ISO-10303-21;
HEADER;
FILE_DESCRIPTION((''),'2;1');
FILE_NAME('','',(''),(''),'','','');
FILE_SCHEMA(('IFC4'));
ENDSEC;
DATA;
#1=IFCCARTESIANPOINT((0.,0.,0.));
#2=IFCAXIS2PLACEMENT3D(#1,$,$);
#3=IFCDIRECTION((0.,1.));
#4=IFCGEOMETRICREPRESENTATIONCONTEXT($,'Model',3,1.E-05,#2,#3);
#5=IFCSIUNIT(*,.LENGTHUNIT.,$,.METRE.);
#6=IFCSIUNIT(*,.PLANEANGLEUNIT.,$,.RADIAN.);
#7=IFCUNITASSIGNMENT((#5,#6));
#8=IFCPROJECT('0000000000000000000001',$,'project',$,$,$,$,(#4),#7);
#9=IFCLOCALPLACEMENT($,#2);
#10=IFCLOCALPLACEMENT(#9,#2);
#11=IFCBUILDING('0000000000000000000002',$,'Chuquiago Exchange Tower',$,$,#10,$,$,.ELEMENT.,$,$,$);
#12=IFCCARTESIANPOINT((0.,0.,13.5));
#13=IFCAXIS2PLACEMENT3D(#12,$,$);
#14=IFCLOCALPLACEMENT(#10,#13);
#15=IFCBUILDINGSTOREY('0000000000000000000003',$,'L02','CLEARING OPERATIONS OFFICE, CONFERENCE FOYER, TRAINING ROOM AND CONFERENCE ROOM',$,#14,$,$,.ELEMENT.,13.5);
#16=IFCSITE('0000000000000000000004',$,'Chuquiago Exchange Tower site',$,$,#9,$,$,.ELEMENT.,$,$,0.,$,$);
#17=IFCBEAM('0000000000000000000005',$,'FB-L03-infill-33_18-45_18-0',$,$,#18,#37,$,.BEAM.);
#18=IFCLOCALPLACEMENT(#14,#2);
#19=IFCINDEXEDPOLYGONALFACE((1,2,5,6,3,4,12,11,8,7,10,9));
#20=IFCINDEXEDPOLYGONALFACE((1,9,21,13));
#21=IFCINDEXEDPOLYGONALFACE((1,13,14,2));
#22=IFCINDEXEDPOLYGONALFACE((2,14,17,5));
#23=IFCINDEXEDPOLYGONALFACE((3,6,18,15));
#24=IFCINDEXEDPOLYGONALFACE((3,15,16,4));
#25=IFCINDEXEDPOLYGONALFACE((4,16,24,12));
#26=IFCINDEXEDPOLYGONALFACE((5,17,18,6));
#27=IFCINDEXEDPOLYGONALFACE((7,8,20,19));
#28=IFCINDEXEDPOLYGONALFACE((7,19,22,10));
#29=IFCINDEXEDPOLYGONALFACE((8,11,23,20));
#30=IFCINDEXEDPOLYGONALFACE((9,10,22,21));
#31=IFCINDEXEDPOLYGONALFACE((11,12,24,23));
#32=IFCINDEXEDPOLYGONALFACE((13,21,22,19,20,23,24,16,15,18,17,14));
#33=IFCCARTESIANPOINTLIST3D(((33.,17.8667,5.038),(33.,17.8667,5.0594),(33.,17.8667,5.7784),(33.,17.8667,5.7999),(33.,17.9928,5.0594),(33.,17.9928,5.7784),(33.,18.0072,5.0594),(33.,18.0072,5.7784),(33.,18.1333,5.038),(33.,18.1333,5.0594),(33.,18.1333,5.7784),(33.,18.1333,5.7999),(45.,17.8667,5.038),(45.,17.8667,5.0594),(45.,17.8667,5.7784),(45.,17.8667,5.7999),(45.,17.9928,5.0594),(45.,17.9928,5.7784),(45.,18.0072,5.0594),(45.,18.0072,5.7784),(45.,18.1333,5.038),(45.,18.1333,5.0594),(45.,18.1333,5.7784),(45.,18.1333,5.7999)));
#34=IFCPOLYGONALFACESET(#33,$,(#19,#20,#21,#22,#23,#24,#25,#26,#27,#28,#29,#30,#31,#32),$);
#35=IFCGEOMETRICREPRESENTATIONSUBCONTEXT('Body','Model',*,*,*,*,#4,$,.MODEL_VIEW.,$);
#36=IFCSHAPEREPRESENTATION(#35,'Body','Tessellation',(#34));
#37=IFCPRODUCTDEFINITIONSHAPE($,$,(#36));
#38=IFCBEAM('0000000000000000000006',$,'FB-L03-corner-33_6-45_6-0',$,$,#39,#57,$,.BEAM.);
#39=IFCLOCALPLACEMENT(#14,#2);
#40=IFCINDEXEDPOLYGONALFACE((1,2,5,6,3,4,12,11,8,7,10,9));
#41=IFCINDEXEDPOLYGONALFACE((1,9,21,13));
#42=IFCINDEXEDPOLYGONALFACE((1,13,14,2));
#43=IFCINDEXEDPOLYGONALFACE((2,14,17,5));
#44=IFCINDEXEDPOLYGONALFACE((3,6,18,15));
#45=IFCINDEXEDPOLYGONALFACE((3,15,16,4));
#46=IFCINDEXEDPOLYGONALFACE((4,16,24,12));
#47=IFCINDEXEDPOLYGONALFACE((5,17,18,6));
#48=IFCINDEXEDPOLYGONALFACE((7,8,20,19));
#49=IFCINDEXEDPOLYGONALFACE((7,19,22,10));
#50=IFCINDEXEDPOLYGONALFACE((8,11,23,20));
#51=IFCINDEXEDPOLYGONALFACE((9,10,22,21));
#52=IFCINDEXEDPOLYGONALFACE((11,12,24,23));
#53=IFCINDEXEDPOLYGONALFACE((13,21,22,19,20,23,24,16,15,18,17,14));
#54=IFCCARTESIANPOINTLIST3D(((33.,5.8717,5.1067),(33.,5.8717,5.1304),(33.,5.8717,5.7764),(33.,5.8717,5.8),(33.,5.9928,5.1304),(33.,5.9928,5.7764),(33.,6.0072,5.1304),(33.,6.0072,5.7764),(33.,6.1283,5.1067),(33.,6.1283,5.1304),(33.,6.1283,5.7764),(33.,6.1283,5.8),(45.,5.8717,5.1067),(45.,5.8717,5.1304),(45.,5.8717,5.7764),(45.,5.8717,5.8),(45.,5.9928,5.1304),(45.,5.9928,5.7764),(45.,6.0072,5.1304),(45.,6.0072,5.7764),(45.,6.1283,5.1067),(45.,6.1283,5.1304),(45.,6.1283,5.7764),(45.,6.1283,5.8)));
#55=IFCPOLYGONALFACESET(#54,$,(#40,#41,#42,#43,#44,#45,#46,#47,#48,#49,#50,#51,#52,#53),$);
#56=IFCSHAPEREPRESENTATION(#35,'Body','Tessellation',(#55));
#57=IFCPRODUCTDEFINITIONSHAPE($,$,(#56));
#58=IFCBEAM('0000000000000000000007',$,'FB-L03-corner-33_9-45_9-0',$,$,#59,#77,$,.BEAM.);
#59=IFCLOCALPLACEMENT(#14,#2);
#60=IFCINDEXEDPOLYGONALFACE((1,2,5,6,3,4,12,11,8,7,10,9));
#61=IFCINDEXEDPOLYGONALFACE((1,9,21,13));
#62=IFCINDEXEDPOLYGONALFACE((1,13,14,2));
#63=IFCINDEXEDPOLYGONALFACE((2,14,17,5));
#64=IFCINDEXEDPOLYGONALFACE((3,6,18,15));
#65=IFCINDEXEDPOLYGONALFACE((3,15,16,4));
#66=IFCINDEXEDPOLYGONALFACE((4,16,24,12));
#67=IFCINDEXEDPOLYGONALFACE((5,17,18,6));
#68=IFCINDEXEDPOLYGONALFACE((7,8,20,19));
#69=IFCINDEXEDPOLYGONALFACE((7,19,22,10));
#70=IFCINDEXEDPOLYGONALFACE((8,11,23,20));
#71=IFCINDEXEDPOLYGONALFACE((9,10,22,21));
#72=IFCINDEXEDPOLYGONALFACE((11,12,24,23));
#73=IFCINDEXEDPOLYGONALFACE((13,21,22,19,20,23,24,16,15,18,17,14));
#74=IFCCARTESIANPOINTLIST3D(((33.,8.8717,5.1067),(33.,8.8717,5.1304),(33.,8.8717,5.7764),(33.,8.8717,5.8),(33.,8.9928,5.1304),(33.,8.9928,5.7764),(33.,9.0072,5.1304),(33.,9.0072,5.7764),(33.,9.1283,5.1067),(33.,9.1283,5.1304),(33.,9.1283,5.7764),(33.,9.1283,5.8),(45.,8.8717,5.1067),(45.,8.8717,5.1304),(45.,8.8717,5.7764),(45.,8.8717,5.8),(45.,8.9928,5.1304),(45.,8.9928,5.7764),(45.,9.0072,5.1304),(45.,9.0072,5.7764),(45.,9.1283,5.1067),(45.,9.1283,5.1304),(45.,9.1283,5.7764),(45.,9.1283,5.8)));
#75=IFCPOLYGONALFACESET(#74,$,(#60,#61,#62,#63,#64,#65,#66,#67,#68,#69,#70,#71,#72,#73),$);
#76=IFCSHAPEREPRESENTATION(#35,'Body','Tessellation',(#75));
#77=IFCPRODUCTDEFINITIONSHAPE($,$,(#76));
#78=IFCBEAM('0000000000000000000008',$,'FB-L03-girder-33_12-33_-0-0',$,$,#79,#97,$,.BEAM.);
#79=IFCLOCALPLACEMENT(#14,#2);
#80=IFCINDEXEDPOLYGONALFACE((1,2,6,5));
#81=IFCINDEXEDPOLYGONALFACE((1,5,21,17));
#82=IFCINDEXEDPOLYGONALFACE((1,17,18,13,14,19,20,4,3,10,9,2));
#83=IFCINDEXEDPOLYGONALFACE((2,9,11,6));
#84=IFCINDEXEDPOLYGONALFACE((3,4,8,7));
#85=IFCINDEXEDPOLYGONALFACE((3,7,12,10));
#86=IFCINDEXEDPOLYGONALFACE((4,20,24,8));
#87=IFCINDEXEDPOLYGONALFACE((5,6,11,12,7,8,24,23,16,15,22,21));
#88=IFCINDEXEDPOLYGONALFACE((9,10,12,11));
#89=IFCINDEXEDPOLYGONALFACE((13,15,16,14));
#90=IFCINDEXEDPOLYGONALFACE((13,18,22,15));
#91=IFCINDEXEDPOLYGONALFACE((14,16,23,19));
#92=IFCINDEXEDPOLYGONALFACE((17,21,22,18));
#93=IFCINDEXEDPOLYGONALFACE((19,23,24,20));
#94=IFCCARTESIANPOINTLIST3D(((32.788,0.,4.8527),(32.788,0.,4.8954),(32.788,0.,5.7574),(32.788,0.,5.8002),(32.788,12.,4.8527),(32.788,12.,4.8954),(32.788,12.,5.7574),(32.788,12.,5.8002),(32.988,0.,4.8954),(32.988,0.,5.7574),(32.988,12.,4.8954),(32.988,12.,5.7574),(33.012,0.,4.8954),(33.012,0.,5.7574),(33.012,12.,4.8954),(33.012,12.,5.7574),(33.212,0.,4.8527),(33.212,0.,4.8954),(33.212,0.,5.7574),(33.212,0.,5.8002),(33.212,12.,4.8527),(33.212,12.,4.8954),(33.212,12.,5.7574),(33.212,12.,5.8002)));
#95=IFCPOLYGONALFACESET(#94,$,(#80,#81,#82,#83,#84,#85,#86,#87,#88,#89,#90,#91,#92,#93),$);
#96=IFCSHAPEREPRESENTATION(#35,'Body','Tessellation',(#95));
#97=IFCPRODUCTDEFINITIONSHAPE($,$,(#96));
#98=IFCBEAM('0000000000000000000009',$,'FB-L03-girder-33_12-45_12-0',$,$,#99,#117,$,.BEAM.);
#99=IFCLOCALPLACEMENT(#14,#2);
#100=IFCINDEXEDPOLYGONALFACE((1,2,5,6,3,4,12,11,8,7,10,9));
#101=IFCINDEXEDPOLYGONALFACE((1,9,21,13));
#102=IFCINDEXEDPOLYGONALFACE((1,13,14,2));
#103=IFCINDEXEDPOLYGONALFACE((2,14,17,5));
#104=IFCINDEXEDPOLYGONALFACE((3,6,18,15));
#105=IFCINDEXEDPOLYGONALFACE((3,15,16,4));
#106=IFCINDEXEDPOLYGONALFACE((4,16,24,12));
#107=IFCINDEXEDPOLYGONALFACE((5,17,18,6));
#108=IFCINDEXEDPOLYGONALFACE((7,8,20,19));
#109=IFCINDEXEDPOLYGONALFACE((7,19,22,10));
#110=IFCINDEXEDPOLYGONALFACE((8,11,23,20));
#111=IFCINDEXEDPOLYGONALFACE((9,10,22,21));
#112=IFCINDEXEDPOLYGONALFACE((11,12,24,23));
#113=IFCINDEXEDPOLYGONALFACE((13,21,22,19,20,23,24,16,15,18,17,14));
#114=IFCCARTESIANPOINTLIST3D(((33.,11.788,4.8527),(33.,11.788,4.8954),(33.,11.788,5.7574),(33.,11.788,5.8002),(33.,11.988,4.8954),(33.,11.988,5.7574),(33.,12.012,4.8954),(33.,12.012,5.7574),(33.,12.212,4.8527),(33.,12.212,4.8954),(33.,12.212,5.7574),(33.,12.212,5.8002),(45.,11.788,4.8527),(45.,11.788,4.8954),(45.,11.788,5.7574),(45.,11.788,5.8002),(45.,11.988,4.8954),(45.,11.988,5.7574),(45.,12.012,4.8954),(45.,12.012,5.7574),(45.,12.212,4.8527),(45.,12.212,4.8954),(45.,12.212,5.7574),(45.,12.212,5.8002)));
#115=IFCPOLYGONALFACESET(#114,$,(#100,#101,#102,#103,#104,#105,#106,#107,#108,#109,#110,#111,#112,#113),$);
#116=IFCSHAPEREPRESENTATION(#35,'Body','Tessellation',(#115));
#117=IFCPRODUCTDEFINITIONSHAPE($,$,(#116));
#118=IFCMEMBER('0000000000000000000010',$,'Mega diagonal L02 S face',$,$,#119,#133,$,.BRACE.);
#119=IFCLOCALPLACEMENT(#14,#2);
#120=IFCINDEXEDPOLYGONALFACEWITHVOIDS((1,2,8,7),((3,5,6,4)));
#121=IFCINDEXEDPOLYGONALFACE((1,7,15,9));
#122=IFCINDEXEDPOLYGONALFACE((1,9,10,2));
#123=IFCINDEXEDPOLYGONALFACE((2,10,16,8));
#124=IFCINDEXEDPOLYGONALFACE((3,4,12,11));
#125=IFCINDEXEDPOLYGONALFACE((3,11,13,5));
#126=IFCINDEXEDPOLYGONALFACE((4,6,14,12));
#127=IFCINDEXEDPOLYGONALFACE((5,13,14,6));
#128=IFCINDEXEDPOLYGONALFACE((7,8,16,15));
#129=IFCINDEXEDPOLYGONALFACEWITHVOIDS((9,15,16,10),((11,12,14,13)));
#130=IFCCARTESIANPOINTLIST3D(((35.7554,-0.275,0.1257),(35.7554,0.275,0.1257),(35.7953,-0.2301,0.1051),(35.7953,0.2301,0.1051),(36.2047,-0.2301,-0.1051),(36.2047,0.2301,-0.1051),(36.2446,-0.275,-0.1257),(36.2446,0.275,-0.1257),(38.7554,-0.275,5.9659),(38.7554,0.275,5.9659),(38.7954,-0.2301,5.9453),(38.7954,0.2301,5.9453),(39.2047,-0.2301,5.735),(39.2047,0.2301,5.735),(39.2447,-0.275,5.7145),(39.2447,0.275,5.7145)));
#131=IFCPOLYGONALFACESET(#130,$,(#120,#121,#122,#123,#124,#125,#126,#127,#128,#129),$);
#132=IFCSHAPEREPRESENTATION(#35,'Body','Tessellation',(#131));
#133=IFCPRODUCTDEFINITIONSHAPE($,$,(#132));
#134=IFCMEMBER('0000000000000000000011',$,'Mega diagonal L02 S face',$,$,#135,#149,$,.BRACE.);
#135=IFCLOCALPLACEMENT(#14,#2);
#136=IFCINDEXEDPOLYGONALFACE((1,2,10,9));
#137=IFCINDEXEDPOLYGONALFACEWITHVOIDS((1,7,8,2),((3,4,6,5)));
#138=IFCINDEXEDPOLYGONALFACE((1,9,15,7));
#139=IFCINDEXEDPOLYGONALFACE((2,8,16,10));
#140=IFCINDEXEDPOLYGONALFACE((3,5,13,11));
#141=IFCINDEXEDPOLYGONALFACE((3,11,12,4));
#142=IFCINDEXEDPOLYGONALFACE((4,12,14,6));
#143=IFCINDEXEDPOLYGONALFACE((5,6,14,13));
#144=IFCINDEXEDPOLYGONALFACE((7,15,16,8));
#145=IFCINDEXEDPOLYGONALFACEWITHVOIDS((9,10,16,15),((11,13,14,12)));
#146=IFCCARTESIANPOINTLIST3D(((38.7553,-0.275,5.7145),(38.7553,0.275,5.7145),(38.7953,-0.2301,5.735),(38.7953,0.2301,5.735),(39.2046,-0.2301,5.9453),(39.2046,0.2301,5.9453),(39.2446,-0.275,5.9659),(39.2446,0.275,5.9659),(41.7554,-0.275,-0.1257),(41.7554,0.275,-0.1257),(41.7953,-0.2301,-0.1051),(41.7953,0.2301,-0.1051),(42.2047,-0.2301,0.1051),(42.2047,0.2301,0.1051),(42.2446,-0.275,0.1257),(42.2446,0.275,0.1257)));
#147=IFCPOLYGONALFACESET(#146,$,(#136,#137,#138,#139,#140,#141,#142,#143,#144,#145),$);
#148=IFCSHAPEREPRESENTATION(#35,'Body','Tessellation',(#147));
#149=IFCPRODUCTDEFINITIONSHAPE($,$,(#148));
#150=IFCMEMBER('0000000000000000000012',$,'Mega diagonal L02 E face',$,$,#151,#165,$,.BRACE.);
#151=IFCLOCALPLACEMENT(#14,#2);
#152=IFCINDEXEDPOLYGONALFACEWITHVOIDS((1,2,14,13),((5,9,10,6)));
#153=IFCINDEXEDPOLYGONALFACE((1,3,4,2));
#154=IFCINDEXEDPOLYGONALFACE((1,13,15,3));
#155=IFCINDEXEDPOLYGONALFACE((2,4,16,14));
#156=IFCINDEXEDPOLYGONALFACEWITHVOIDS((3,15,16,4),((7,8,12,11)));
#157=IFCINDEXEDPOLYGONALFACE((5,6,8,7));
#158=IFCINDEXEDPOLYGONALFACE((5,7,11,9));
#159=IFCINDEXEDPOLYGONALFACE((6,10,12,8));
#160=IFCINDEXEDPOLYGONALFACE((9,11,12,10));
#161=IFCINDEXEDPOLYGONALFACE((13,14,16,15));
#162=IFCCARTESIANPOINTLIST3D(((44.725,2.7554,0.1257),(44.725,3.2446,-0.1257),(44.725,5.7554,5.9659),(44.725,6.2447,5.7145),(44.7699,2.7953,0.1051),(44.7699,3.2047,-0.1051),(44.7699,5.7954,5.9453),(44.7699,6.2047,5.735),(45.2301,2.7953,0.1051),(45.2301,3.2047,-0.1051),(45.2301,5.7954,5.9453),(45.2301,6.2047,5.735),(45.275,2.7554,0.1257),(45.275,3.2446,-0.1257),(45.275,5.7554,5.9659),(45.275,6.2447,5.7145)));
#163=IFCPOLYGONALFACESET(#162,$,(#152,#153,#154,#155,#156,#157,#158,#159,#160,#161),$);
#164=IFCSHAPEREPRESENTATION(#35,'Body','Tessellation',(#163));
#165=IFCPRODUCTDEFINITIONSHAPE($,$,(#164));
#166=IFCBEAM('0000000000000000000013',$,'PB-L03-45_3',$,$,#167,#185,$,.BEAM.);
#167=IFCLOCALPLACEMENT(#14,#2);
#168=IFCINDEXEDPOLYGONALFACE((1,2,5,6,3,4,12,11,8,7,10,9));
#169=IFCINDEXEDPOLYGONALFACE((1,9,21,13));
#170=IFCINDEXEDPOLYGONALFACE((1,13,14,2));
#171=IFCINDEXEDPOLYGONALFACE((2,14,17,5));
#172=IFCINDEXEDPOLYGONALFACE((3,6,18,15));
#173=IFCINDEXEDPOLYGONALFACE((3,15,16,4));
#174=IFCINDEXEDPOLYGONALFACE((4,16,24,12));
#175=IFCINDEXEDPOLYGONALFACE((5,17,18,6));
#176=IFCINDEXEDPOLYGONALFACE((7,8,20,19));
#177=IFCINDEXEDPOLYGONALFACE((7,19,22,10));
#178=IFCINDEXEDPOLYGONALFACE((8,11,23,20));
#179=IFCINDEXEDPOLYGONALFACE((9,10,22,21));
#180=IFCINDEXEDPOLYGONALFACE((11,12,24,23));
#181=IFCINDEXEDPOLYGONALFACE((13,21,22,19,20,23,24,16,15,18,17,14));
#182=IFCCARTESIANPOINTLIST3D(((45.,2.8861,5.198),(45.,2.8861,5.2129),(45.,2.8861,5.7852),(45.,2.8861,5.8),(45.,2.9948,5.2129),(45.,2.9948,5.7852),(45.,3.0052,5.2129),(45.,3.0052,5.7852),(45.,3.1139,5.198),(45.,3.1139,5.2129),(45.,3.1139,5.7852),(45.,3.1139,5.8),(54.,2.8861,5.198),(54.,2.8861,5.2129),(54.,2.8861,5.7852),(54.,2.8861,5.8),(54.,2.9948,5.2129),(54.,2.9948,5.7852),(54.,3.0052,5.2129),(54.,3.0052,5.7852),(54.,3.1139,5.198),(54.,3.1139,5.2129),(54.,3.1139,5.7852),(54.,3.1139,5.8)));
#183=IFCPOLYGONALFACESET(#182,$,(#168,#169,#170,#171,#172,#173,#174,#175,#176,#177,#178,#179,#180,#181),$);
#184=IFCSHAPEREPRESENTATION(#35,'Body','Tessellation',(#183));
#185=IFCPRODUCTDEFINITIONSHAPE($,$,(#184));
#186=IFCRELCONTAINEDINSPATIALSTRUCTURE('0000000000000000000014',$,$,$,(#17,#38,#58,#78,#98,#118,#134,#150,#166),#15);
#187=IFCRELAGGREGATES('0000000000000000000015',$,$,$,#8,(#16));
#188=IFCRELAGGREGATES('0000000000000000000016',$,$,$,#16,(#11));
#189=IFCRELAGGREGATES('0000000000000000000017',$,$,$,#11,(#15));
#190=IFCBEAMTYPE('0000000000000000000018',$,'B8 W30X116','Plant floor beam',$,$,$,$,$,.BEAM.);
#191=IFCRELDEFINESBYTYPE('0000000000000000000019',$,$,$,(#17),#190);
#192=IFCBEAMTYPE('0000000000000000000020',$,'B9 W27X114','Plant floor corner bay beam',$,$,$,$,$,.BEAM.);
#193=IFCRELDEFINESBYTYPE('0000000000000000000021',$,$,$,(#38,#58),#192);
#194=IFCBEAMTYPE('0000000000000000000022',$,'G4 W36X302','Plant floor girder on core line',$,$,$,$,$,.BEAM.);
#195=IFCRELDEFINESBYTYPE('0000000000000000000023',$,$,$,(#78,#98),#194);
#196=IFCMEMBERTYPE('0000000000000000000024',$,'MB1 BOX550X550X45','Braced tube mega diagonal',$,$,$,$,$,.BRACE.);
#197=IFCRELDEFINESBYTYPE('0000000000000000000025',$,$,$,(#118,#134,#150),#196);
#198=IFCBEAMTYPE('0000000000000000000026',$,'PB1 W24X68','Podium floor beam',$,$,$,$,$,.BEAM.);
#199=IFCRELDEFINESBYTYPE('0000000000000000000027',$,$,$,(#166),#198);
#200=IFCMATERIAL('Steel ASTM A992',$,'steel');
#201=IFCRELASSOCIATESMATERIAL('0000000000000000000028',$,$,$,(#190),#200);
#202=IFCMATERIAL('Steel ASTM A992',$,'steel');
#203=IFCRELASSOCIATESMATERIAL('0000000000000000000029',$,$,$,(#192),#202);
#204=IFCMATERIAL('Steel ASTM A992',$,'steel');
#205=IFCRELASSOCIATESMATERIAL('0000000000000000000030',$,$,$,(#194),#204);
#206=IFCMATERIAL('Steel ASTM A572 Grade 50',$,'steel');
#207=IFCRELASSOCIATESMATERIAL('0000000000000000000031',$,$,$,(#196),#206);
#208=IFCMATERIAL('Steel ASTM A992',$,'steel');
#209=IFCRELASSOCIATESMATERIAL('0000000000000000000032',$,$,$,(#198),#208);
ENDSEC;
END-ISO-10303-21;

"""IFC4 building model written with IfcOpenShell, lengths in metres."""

from ifc_helpers import new_model, si_unit, direction, frame, origin, origin_2d, place, context, subcontext, project, spatial, hollow_rectangle, i_section, extrude, material, material_profile, profile_set, type_object, element, save


model = new_model("IFC4")

# Units and contexts
model_context = context("Model", 3, precision=1e-05, world=origin(), true_north=direction((0.0, 1.0)))
body_context = subcontext(model_context, "Body", "Model", "MODEL_VIEW")
ifc_project = project(units=[si_unit("LENGTHUNIT", "METRE"), si_unit("PLANEANGLEUNIT", "RADIAN")], contexts=[model_context])

# Site, building, storey
site_placement = place(None, origin())
site = spatial("IfcSite", under=ifc_project, at=site_placement, Name="Chuquiago Exchange Tower site", CompositionType="ELEMENT", RefElevation=0.0)
building_placement = place(site_placement, origin())
building = spatial("IfcBuilding", under=site, at=building_placement, Name="Chuquiago Exchange Tower", CompositionType="ELEMENT")
storey_placement = place(building_placement, frame((0.0, 0.0, 13.5)))
storey = spatial("IfcBuildingStorey", under=building, at=storey_placement, Name="L02", Description="CLEARING OPERATIONS OFFICE, CONFERENCE FOYER, TRAINING ROOM AND CONFERENCE ROOM", CompositionType="ELEMENT", Elevation=13.5)

# Beams
ifc_material_1 = material(Name="Steel ASTM A992", Category="steel")
ifc_material_profile_1 = material_profile(ifc_material_1, i_section(OverallWidth=0.2666, OverallDepth=0.762, WebThickness=0.0144, FlangeThickness=0.0215, at=origin_2d()), Name="W30X116")
ifc_profile_set_1 = profile_set([ifc_material_profile_1], Name="Steel ASTM A992")
beam_type_1 = type_object("IfcBeamType", Name="B8 W30X116", Description="Plant floor beam", PredefinedType="BEAM", material=ifc_profile_set_1)
for number, where, z_axis, x_axis, name in (
    (1, (33.0, 18.0, 5.4189), (1.0, 0.0, 0.0), (0.0, 1.0, 0.0), "FB-L03-infill-33_18-45_18-0"),
):
    element("IfcBeam", number, at=place(storey_placement, frame(where, z_axis=z_axis, x_axis=x_axis)), inside=storey, type_object=beam_type_1, Name=name, PredefinedType="BEAM", context=body_context, shape_type="SweptSolid", body=[
        extrude(i_section(OverallWidth=0.2666, OverallDepth=0.762, WebThickness=0.0144, FlangeThickness=0.0215, at=origin_2d()), origin(), (0.0, 0.0, 1.0), 12.0),
    ])
ifc_material_2 = material(Name="Steel ASTM A992", Category="steel")
ifc_material_profile_2 = material_profile(ifc_material_2, i_section(OverallWidth=0.2566, OverallDepth=0.6934, WebThickness=0.0144, FlangeThickness=0.0237, at=origin_2d()), Name="W27X114")
ifc_profile_set_2 = profile_set([ifc_material_profile_2], Name="Steel ASTM A992")
beam_type_2 = type_object("IfcBeamType", Name="B9 W27X114", Description="Plant floor corner bay beam", PredefinedType="BEAM", material=ifc_profile_set_2)
for number, where, z_axis, x_axis, name in (
    (2, (33.0, 6.0, 5.4534), (1.0, 0.0, 0.0), (0.0, 1.0, 0.0), "FB-L03-corner-33_6-45_6-0"),
    (3, (33.0, 9.0, 5.4534), (1.0, 0.0, 0.0), (0.0, 1.0, 0.0), "FB-L03-corner-33_9-45_9-0"),
):
    element("IfcBeam", number, at=place(storey_placement, frame(where, z_axis=z_axis, x_axis=x_axis)), inside=storey, type_object=beam_type_2, Name=name, PredefinedType="BEAM", context=body_context, shape_type="SweptSolid", body=[
        extrude(i_section(OverallWidth=0.2566, OverallDepth=0.6934, WebThickness=0.0144, FlangeThickness=0.0237, at=origin_2d()), origin(), (0.0, 0.0, 1.0), 12.0),
    ])
ifc_material_3 = material(Name="Steel ASTM A992", Category="steel")
ifc_material_profile_3 = material_profile(ifc_material_3, i_section(OverallWidth=0.4241, OverallDepth=0.9475, WebThickness=0.0239, FlangeThickness=0.0427, at=origin_2d()), Name="W36X302")
ifc_profile_set_3 = profile_set([ifc_material_profile_3], Name="Steel ASTM A992")
beam_type_3 = type_object("IfcBeamType", Name="G4 W36X302", Description="Plant floor girder on core line", PredefinedType="BEAM", material=ifc_profile_set_3)
for number, where, z_axis, x_axis, name in (
    (4, (33.0, 12.0, 5.3264), (0.0, -1.0, 0.0), (1.0, 0.0, 0.0), "FB-L03-girder-33_12-33_-0-0"),
    (5, (33.0, 12.0, 5.3264), (1.0, 0.0, 0.0), (0.0, 1.0, 0.0), "FB-L03-girder-33_12-45_12-0"),
):
    element("IfcBeam", number, at=place(storey_placement, frame(where, z_axis=z_axis, x_axis=x_axis)), inside=storey, type_object=beam_type_3, Name=name, PredefinedType="BEAM", context=body_context, shape_type="SweptSolid", body=[
        extrude(i_section(OverallWidth=0.4241, OverallDepth=0.9475, WebThickness=0.0239, FlangeThickness=0.0427, at=origin_2d()), origin(), (0.0, 0.0, 1.0), 12.0),
    ])

# Members
ifc_material_4 = material(Name="Steel ASTM A572 Grade 50", Category="steel")
ifc_material_profile_4 = material_profile(ifc_material_4, hollow_rectangle(XDim=0.55, YDim=0.55, WallThickness=0.0449, at=origin_2d()), Name="BOX550X550X45")
ifc_profile_set_4 = profile_set([ifc_material_profile_4], Name="Steel ASTM A572 Grade 50")
member_type = type_object("IfcMemberType", Name="MB1 BOX550X550X45", Description="Braced tube mega diagonal", PredefinedType="BRACE", material=ifc_profile_set_4)
for number, where, z_axis, x_axis, name in (
    (6, (36.0, 0.0, 0.0), (0.45693, 0.0, 0.889503), (0.0, 1.0, 0.0), "Mega diagonal L02 S face"),
    (7, (42.0, 0.0, 0.0), (-0.45693, 0.0, 0.889503), (0.0, -1.0, 0.0), "Mega diagonal L02 S face"),
    (8, (45.0, 3.0, 0.0), (0.0, 0.45693, 0.889503), (-1.0, 0.0, 0.0), "Mega diagonal L02 E face"),
):
    element("IfcMember", number, at=place(storey_placement, frame(where, z_axis=z_axis, x_axis=x_axis)), inside=storey, type_object=member_type, Name=name, PredefinedType="BRACE", context=body_context, shape_type="SweptSolid", body=[
        extrude(hollow_rectangle(XDim=0.55, YDim=0.55, WallThickness=0.0449, at=origin_2d()), origin(), (0.0, 0.0, 1.0), 6.5657),
    ])

# Beam
ifc_material_5 = material(Name="Steel ASTM A992", Category="steel")
ifc_material_profile_5 = material_profile(ifc_material_5, i_section(OverallWidth=0.2278, OverallDepth=0.6021, WebThickness=0.0105, FlangeThickness=0.0149, at=origin_2d()), Name="W24X68")
ifc_profile_set_5 = profile_set([ifc_material_profile_5], Name="Steel ASTM A992")
beam_type_4 = type_object("IfcBeamType", Name="PB1 W24X68", Description="Podium floor beam", PredefinedType="BEAM", material=ifc_profile_set_5)
for number, where, z_axis, x_axis, name in (
    (9, (45.0, 3.0, 5.499), (1.0, 0.0, 0.0), (0.0, 1.0, 0.0), "PB-L03-45_3"),
):
    element("IfcBeam", number, at=place(storey_placement, frame(where, z_axis=z_axis, x_axis=x_axis)), inside=storey, type_object=beam_type_4, Name=name, PredefinedType="BEAM", context=body_context, shape_type="SweptSolid", body=[
        extrude(i_section(OverallWidth=0.2278, OverallDepth=0.6021, WebThickness=0.0105, FlangeThickness=0.0149, at=origin_2d()), origin(), (0.0, 0.0, 1.0), 9.0),
    ])

save(model, "model.ifc")
